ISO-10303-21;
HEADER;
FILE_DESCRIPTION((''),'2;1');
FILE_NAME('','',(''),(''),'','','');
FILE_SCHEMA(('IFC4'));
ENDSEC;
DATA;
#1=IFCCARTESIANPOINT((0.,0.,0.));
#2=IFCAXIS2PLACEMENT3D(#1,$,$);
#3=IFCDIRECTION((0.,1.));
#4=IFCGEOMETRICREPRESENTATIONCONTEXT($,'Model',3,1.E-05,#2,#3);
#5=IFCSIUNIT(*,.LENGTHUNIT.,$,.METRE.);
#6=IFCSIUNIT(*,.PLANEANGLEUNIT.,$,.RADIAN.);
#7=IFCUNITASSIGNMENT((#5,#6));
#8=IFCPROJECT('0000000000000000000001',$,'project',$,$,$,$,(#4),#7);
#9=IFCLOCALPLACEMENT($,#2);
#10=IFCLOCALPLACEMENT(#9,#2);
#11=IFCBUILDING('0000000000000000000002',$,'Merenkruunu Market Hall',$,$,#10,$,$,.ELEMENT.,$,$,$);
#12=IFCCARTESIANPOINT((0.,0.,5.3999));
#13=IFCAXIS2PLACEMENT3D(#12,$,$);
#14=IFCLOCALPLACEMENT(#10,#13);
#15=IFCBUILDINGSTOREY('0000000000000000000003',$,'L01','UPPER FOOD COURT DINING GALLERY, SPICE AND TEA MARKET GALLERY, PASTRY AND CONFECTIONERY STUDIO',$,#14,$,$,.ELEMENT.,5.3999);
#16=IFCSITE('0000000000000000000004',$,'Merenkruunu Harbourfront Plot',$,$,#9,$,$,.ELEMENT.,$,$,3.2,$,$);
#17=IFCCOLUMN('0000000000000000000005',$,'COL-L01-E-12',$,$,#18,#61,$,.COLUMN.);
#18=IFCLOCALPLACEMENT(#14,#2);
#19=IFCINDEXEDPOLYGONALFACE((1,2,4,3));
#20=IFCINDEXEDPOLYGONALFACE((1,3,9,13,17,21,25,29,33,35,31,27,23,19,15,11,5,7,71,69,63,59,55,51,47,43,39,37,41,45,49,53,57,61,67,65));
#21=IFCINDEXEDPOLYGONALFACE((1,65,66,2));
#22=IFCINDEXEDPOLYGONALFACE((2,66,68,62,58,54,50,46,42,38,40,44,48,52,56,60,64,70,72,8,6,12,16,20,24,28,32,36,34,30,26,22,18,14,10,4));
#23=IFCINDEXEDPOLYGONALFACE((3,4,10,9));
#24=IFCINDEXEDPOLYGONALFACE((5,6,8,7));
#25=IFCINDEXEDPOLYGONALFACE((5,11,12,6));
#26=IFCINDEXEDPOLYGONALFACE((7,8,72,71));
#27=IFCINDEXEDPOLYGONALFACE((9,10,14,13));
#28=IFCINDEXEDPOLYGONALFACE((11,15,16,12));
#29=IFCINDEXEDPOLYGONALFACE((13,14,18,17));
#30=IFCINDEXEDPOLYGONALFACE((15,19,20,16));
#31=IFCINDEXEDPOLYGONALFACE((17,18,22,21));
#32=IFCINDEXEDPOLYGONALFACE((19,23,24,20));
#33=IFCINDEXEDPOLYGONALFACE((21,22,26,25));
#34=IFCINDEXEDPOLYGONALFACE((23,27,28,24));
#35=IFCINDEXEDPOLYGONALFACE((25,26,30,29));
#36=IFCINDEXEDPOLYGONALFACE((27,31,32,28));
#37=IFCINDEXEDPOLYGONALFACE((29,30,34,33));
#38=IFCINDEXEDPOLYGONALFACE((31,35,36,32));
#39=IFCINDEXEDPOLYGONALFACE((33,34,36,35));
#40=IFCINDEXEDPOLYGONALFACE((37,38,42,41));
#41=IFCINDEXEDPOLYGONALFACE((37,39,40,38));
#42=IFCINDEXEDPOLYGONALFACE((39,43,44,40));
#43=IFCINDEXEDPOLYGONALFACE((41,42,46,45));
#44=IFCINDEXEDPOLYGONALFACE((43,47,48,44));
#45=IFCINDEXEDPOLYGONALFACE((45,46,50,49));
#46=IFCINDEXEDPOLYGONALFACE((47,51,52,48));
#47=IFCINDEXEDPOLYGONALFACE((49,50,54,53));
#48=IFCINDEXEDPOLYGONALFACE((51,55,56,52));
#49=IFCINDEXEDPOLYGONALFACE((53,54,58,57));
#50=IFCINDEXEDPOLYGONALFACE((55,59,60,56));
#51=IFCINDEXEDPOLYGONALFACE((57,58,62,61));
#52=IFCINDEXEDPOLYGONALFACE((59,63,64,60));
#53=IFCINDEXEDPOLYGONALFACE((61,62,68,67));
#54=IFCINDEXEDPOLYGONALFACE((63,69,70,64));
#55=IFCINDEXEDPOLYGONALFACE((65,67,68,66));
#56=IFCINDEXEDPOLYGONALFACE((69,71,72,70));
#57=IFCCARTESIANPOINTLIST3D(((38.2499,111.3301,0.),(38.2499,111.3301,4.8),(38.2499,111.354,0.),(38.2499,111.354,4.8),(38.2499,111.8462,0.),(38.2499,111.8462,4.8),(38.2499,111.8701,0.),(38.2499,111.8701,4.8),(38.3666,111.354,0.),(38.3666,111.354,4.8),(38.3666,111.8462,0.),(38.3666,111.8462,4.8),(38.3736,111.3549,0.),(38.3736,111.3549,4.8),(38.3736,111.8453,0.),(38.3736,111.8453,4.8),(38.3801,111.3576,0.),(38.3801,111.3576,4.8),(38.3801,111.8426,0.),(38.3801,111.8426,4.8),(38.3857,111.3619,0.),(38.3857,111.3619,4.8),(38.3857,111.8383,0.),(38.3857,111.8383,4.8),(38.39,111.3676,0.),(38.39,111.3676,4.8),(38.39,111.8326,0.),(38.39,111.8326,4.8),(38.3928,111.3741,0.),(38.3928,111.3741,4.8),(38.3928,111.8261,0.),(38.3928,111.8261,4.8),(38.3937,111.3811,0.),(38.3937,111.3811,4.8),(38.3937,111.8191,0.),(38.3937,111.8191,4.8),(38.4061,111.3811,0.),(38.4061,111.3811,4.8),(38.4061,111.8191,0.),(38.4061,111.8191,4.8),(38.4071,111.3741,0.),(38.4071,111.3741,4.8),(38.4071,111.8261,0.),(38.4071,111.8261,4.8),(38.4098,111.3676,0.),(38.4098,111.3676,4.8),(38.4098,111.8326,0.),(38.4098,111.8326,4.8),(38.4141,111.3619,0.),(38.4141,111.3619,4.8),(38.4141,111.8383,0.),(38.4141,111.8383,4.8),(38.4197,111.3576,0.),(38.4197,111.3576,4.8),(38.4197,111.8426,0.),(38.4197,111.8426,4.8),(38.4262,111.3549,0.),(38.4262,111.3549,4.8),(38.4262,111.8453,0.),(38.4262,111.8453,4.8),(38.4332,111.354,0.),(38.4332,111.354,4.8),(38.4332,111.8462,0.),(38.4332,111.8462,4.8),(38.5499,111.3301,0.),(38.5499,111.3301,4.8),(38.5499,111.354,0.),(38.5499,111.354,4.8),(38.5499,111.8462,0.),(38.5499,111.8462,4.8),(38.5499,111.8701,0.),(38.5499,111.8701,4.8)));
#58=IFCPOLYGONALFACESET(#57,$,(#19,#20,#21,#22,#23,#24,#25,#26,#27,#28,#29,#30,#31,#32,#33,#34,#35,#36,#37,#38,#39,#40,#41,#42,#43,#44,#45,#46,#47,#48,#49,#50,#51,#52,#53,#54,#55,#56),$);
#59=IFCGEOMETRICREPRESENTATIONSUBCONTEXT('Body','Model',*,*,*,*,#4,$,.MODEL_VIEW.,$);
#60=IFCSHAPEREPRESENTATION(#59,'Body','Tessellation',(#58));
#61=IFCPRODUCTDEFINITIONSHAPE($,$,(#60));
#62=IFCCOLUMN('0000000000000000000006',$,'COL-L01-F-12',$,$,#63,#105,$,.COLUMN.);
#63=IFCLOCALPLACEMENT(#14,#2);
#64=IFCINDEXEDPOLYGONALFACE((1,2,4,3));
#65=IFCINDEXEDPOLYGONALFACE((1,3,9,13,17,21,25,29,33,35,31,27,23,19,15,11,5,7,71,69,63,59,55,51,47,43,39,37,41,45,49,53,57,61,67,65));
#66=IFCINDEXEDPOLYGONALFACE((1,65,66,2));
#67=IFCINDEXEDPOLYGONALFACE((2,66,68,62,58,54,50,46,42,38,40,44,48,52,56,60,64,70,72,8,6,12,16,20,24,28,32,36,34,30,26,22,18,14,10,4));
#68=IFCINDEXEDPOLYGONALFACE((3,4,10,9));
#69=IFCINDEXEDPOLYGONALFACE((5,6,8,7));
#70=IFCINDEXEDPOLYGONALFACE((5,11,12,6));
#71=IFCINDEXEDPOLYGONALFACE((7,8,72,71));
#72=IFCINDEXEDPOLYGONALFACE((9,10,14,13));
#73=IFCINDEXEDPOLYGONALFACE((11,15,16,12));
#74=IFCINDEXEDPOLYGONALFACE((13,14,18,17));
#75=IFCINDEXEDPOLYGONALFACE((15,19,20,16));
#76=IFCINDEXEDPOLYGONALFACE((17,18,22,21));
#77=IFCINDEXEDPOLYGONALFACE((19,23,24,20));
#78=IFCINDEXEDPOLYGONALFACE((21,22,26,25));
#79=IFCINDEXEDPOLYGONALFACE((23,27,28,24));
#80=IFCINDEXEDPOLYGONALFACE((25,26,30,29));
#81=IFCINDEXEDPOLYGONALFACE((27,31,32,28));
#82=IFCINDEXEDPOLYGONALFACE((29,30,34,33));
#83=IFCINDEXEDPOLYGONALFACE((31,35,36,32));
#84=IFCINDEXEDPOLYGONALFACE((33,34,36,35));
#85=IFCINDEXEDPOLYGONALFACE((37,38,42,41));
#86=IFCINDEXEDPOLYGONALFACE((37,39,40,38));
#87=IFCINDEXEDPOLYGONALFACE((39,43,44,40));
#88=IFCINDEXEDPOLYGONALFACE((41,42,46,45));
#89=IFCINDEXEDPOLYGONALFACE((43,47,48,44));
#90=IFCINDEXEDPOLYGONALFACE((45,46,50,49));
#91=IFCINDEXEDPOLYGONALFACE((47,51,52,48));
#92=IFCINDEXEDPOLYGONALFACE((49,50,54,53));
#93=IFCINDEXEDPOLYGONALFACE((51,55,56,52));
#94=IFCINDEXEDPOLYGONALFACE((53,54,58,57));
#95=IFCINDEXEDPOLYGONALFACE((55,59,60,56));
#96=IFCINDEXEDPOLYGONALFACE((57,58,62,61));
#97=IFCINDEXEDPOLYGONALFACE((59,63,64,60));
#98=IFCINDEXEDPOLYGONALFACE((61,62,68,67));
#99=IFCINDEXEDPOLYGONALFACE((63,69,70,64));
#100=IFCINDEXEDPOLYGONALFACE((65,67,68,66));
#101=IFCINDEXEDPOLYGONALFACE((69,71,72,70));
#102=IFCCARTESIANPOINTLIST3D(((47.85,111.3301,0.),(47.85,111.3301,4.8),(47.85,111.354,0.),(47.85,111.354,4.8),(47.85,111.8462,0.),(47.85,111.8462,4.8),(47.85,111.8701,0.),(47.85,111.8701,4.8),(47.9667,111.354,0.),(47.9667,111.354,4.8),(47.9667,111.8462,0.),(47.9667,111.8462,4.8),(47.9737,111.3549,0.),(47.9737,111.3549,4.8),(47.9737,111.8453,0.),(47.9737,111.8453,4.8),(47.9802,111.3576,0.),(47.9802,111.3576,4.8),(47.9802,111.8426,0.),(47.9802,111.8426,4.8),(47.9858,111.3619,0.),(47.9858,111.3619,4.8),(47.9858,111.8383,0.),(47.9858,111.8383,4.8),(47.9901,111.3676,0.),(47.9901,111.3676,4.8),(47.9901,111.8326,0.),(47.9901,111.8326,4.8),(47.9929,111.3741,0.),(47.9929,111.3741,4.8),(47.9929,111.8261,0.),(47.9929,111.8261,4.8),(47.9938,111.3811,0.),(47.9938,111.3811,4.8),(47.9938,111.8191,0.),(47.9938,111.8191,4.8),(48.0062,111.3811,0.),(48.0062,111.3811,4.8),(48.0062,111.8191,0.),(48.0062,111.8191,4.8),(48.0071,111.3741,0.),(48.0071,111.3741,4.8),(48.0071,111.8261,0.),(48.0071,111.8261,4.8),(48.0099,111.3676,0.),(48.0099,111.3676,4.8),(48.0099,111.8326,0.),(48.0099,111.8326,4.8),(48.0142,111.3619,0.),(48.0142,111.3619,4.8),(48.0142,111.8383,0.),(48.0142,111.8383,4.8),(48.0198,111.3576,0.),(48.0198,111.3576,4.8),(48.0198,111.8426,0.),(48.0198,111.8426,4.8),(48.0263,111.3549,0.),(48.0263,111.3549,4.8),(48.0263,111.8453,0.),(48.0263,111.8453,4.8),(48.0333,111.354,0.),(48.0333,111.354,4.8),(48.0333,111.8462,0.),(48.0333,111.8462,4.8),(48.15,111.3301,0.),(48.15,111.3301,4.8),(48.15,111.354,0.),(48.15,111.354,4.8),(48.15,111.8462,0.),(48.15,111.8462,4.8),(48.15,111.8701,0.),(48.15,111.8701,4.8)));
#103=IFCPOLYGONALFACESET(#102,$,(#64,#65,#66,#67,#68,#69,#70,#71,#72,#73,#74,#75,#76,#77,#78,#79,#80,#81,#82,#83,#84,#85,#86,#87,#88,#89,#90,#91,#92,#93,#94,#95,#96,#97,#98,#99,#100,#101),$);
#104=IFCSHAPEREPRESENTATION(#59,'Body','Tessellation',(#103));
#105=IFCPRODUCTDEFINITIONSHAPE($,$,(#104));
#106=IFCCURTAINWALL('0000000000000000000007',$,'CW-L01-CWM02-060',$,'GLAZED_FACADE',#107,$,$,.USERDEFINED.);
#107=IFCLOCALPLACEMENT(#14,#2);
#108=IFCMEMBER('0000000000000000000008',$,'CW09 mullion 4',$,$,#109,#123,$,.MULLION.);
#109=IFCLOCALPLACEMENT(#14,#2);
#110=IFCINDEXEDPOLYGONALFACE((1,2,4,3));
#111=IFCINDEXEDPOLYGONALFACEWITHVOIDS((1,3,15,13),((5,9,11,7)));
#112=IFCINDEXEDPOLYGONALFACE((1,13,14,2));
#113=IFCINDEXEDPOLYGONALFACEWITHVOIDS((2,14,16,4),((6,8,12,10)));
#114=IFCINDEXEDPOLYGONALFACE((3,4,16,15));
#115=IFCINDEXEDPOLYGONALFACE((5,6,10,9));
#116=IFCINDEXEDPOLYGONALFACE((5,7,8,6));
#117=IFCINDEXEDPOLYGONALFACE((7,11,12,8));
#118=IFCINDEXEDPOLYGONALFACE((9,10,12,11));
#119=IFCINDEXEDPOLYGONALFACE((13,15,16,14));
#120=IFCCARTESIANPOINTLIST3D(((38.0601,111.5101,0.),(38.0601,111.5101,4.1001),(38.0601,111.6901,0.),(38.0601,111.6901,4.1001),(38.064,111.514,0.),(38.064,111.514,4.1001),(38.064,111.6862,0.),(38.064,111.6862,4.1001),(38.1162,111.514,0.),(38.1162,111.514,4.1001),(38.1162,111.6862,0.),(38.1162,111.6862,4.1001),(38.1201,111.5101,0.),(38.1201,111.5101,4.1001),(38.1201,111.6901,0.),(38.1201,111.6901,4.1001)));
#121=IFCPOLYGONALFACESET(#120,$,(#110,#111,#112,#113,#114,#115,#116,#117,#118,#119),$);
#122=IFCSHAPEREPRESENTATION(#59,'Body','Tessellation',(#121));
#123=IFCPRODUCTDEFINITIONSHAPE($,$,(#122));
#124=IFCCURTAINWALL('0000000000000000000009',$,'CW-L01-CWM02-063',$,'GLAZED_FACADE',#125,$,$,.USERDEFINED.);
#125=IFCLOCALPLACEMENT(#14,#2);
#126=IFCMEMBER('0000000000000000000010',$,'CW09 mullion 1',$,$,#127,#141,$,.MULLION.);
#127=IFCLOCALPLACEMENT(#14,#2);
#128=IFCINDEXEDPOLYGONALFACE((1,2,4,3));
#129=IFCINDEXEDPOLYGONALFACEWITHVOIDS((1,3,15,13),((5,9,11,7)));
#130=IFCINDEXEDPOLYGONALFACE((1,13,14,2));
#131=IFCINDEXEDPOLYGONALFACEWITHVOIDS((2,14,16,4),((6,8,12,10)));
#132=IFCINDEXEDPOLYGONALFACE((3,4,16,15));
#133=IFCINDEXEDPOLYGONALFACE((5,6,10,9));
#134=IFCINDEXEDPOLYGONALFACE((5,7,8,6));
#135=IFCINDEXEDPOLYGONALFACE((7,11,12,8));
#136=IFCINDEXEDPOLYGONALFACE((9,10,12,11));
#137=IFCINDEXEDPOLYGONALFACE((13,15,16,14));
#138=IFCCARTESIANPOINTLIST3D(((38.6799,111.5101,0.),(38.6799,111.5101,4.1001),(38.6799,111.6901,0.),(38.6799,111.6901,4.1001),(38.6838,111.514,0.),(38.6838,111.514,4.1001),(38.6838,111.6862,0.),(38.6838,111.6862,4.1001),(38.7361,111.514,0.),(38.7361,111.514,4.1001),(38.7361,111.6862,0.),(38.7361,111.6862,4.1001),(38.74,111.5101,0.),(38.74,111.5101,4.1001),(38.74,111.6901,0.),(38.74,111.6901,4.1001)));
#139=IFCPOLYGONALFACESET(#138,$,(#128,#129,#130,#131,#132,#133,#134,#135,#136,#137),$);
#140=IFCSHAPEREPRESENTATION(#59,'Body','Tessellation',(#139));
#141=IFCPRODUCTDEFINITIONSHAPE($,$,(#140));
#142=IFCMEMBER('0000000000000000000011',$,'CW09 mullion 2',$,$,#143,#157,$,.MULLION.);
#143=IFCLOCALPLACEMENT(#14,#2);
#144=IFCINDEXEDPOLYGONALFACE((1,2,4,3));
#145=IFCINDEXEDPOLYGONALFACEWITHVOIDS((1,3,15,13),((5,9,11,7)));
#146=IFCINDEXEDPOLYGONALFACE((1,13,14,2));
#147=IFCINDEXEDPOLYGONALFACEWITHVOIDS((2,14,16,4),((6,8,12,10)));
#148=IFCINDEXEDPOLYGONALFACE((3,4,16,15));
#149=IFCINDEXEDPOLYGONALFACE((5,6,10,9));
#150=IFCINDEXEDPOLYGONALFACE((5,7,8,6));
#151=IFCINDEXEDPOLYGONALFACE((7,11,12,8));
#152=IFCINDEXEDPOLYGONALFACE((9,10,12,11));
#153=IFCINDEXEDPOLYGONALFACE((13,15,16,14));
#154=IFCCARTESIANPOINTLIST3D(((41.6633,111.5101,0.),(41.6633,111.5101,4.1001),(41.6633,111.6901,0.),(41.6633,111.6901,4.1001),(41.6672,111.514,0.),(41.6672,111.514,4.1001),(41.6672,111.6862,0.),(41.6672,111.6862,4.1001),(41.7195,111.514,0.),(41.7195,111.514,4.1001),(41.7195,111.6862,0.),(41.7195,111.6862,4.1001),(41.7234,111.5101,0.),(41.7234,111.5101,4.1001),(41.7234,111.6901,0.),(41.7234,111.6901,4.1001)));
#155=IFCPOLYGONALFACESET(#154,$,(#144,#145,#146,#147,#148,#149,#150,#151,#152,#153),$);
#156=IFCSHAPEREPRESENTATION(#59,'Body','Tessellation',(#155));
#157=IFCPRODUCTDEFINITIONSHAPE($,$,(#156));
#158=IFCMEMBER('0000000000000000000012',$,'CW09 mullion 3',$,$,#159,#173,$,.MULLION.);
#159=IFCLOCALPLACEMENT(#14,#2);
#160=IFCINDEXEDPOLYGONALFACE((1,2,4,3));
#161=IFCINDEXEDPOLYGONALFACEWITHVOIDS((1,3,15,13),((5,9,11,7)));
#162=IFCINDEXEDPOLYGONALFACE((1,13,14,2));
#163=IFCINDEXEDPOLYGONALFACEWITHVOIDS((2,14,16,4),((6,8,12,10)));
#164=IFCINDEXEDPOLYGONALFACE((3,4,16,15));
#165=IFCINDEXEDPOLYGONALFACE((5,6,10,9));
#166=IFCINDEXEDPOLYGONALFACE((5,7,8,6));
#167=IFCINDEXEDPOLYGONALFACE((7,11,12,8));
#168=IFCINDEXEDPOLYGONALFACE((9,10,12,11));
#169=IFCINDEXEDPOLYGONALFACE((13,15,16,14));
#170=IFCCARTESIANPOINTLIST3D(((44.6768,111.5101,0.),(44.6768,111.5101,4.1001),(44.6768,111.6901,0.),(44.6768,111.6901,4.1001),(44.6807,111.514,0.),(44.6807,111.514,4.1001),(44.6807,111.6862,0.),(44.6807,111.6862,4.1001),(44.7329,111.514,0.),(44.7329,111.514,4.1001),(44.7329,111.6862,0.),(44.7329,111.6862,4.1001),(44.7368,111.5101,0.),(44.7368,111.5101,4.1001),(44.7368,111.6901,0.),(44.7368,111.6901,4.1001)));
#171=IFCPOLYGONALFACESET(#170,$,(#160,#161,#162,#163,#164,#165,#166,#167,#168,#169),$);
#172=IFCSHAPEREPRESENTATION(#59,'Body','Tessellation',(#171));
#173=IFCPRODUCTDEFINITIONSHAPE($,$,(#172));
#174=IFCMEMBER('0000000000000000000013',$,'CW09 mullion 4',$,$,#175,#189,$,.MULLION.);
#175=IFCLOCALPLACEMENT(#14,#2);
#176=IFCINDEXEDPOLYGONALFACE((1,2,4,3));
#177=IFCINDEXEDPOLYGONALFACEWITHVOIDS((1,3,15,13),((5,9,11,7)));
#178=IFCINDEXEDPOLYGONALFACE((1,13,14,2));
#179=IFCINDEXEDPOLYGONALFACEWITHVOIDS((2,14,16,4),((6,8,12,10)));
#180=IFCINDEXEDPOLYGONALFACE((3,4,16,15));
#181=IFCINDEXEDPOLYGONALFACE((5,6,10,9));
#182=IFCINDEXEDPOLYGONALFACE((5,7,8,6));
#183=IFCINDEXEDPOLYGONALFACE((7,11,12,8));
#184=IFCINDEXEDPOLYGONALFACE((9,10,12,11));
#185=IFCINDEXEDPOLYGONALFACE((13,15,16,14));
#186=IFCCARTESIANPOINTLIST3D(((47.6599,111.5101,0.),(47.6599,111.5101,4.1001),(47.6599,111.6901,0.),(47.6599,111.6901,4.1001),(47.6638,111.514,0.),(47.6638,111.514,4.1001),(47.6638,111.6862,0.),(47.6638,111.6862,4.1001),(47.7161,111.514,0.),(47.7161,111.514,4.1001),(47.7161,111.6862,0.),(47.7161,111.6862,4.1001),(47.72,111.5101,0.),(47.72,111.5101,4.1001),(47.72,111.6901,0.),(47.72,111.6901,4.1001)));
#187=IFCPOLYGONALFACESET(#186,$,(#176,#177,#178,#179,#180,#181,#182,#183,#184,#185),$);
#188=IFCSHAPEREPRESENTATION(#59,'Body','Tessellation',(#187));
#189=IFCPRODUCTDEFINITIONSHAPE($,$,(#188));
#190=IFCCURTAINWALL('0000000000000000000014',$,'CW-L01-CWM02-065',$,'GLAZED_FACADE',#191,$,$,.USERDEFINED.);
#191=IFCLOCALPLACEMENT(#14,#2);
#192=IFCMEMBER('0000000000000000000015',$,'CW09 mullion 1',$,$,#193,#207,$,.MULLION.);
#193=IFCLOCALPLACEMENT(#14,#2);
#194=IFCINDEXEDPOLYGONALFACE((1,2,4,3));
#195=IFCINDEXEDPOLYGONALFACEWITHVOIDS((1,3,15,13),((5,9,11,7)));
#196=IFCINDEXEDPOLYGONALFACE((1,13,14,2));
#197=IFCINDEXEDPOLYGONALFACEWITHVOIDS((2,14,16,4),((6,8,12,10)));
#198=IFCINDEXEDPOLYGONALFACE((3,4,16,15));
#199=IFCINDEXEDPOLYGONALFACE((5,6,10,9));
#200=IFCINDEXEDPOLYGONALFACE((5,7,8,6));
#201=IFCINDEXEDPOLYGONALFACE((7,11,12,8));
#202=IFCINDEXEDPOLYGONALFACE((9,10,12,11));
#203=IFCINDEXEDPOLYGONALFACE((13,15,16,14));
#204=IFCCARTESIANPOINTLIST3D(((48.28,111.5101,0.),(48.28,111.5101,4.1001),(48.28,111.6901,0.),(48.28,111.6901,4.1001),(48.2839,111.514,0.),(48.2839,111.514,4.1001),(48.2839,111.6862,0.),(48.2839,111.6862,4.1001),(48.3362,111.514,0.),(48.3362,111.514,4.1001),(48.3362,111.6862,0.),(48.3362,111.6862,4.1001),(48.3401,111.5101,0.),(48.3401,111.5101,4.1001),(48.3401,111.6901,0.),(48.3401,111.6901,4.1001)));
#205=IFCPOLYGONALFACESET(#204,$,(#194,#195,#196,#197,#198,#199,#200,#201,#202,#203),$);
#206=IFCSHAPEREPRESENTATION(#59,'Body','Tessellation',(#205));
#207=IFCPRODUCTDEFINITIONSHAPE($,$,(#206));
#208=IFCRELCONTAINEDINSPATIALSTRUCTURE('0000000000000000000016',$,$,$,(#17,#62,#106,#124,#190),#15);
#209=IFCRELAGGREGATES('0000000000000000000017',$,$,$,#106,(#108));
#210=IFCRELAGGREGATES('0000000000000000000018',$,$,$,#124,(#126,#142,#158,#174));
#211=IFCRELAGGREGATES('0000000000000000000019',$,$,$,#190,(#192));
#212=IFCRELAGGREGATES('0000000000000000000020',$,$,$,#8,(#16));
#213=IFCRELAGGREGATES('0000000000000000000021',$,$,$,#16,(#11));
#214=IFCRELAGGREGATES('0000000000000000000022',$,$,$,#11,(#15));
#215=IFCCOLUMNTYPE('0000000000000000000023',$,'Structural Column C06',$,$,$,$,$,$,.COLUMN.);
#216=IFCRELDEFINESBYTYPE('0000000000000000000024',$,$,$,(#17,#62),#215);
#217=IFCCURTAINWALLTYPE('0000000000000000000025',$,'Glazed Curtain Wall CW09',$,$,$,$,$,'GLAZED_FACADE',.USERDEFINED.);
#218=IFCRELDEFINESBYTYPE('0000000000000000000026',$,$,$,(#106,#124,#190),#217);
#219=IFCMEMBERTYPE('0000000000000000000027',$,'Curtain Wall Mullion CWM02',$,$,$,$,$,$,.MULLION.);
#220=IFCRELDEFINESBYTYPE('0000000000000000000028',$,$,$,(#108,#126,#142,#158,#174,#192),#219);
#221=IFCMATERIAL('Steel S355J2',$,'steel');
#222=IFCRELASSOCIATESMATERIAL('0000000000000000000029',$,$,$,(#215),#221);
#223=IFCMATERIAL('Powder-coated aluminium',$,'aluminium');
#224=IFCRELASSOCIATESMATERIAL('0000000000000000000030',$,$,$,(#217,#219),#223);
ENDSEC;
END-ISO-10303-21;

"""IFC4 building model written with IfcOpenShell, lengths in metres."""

from ifc_helpers import new_model, si_unit, direction, frame, origin, origin_2d, place, context, subcontext, project, spatial, hollow_rectangle, i_section, extrude, material, material_profile, profile_set, type_object, element, aggregate, save


model = new_model("IFC4")

# Units and contexts
model_context = context("Model", 3, precision=1e-05, world=origin(), true_north=direction((0.0, 1.0)))
body_context = subcontext(model_context, "Body", "Model", "MODEL_VIEW")
ifc_project = project(units=[si_unit("LENGTHUNIT", "METRE"), si_unit("PLANEANGLEUNIT", "RADIAN")], contexts=[model_context])

# Site, building, storey
site_placement = place(None, origin())
site = spatial("IfcSite", under=ifc_project, at=site_placement, Name="Merenkruunu Harbourfront Plot", CompositionType="ELEMENT", RefElevation=3.2)
building_placement = place(site_placement, origin())
building = spatial("IfcBuilding", under=site, at=building_placement, Name="Merenkruunu Market Hall", CompositionType="ELEMENT")
storey_placement = place(building_placement, frame((0.0, 0.0, 5.3999)))
storey = spatial("IfcBuildingStorey", under=building, at=storey_placement, Name="L01", Description="UPPER FOOD COURT DINING GALLERY, SPICE AND TEA MARKET GALLERY, PASTRY AND CONFECTIONERY STUDIO", CompositionType="ELEMENT", Elevation=5.3999)

# Columns
ifc_material_1 = material(Name="Steel S355J2", Category="steel")
ifc_material_profile_1 = material_profile(ifc_material_1, i_section(OverallWidth=0.3, OverallDepth=0.54, WebThickness=0.0125, FlangeThickness=0.0239, FilletRadius=0.0271, at=origin_2d()), Name="HEA 550")
ifc_profile_set_1 = profile_set([ifc_material_profile_1], Name="Steel S355J2")
column_type = type_object("IfcColumnType", Name="Structural Column C06", PredefinedType="COLUMN", material=ifc_profile_set_1)
for number, where, z_axis, x_axis, name in (
    (1, (38.3999, 111.6001, 0.0), (0.0, 0.0, 1.0), (1.0, 0.0, 0.0), "COL-L01-E-12"),
    (2, (48.0, 111.6001, 0.0), (0.0, 0.0, 1.0), (1.0, 0.0, 0.0), "COL-L01-F-12"),
):
    element("IfcColumn", number, at=place(storey_placement, frame(where, z_axis=z_axis, x_axis=x_axis)), inside=storey, type_object=column_type, Name=name, PredefinedType="COLUMN", context=body_context, shape_type="SweptSolid", body=[
        extrude(i_section(OverallWidth=0.3, OverallDepth=0.54, WebThickness=0.0125, FlangeThickness=0.0239, FilletRadius=0.0271, at=origin_2d()), origin(), (0.0, 0.0, 1.0), 4.8),
    ])

# Curtain wall, member
ifc_material_2 = material(Name="Powder-coated aluminium", Category="aluminium")
curtain_wall_type = type_object("IfcCurtainWallType", Name="Glazed Curtain Wall CW09", ElementType="GLAZED_FACADE", PredefinedType="USERDEFINED", material=ifc_material_2)
curtain_wall_1_placement = place(storey_placement, origin())
curtain_wall_1 = element("IfcCurtainWall", 3, at=curtain_wall_1_placement, inside=storey, type_object=curtain_wall_type, Name="CW-L01-CWM02-060", ObjectType="GLAZED_FACADE", PredefinedType="USERDEFINED")
ifc_material_profile_2 = material_profile(ifc_material_2, hollow_rectangle(XDim=0.0601, YDim=0.1799, WallThickness=0.0039, at=origin_2d()), Name="ALU 60x180x4")
ifc_profile_set_2 = profile_set([ifc_material_profile_2], Name="Powder-coated aluminium")
member_type_1 = type_object("IfcMemberType", Name="Curtain Wall Mullion CWM02", PredefinedType="MULLION", material=ifc_profile_set_2)
member_1_placement = place(storey_placement, frame((38.0901, 111.6001, 0.0), z_axis=(0.0, 0.0, 1.0), x_axis=(1.0, 0.0, 0.0)))
member_1 = element("IfcMember", 4, at=member_1_placement, type_object=member_type_1, Name="CW09 mullion 4", PredefinedType="MULLION", context=body_context, shape_type="SweptSolid", body=[
    extrude(hollow_rectangle(XDim=0.0601, YDim=0.1799, WallThickness=0.0039, at=origin_2d()), origin(), (0.0, 0.0, 1.0), 4.1001),
])
aggregate(curtain_wall_1, [member_1])

# Curtain wall, members
curtain_wall_2_placement = place(storey_placement, origin())
curtain_wall_2 = element("IfcCurtainWall", 5, at=curtain_wall_2_placement, inside=storey, type_object=curtain_wall_type, Name="CW-L01-CWM02-063", ObjectType="GLAZED_FACADE", PredefinedType="USERDEFINED")
member_2_placement = place(storey_placement, frame((38.71, 111.6001, 0.0), z_axis=(0.0, 0.0, 1.0), x_axis=(1.0, 0.0, 0.0)))
member_2 = element("IfcMember", 6, at=member_2_placement, type_object=member_type_1, Name="CW09 mullion 1", PredefinedType="MULLION", context=body_context, shape_type="SweptSolid", body=[
    extrude(hollow_rectangle(XDim=0.0601, YDim=0.1799, WallThickness=0.0039, at=origin_2d()), origin(), (0.0, 0.0, 1.0), 4.1001),
])
member_3_placement = place(storey_placement, frame((41.6934, 111.6001, 0.0), z_axis=(0.0, 0.0, 1.0), x_axis=(1.0, 0.0, 0.0)))
member_3 = element("IfcMember", 7, at=member_3_placement, type_object=member_type_1, Name="CW09 mullion 2", PredefinedType="MULLION", context=body_context, shape_type="SweptSolid", body=[
    extrude(hollow_rectangle(XDim=0.0601, YDim=0.1799, WallThickness=0.0039, at=origin_2d()), origin(), (0.0, 0.0, 1.0), 4.1001),
])
member_4_placement = place(storey_placement, frame((44.7068, 111.6001, 0.0), z_axis=(0.0, 0.0, 1.0), x_axis=(1.0, 0.0, 0.0)))
member_4 = element("IfcMember", 8, at=member_4_placement, type_object=member_type_1, Name="CW09 mullion 3", PredefinedType="MULLION", context=body_context, shape_type="SweptSolid", body=[
    extrude(hollow_rectangle(XDim=0.0601, YDim=0.1799, WallThickness=0.0039, at=origin_2d()), origin(), (0.0, 0.0, 1.0), 4.1001),
])
member_5_placement = place(storey_placement, frame((47.6899, 111.6001, 0.0), z_axis=(0.0, 0.0, 1.0), x_axis=(1.0, 0.0, 0.0)))
member_5 = element("IfcMember", 9, at=member_5_placement, type_object=member_type_1, Name="CW09 mullion 4", PredefinedType="MULLION", context=body_context, shape_type="SweptSolid", body=[
    extrude(hollow_rectangle(XDim=0.0601, YDim=0.1799, WallThickness=0.0039, at=origin_2d()), origin(), (0.0, 0.0, 1.0), 4.1001),
])

# Curtain wall, member
curtain_wall_3_placement = place(storey_placement, origin())
curtain_wall_3 = element("IfcCurtainWall", 10, at=curtain_wall_3_placement, inside=storey, type_object=curtain_wall_type, Name="CW-L01-CWM02-065", ObjectType="GLAZED_FACADE", PredefinedType="USERDEFINED")
member_6_placement = place(storey_placement, frame((48.3101, 111.6001, 0.0), z_axis=(0.0, 0.0, 1.0), x_axis=(1.0, 0.0, 0.0)))
member_6 = element("IfcMember", 11, at=member_6_placement, type_object=member_type_1, Name="CW09 mullion 1", PredefinedType="MULLION", context=body_context, shape_type="SweptSolid", body=[
    extrude(hollow_rectangle(XDim=0.0601, YDim=0.1799, WallThickness=0.0039, at=origin_2d()), origin(), (0.0, 0.0, 1.0), 4.1001),
])

aggregate(curtain_wall_2, [member_2, member_3, member_4, member_5])
aggregate(curtain_wall_3, [member_6])

save(model, "model.ifc")
